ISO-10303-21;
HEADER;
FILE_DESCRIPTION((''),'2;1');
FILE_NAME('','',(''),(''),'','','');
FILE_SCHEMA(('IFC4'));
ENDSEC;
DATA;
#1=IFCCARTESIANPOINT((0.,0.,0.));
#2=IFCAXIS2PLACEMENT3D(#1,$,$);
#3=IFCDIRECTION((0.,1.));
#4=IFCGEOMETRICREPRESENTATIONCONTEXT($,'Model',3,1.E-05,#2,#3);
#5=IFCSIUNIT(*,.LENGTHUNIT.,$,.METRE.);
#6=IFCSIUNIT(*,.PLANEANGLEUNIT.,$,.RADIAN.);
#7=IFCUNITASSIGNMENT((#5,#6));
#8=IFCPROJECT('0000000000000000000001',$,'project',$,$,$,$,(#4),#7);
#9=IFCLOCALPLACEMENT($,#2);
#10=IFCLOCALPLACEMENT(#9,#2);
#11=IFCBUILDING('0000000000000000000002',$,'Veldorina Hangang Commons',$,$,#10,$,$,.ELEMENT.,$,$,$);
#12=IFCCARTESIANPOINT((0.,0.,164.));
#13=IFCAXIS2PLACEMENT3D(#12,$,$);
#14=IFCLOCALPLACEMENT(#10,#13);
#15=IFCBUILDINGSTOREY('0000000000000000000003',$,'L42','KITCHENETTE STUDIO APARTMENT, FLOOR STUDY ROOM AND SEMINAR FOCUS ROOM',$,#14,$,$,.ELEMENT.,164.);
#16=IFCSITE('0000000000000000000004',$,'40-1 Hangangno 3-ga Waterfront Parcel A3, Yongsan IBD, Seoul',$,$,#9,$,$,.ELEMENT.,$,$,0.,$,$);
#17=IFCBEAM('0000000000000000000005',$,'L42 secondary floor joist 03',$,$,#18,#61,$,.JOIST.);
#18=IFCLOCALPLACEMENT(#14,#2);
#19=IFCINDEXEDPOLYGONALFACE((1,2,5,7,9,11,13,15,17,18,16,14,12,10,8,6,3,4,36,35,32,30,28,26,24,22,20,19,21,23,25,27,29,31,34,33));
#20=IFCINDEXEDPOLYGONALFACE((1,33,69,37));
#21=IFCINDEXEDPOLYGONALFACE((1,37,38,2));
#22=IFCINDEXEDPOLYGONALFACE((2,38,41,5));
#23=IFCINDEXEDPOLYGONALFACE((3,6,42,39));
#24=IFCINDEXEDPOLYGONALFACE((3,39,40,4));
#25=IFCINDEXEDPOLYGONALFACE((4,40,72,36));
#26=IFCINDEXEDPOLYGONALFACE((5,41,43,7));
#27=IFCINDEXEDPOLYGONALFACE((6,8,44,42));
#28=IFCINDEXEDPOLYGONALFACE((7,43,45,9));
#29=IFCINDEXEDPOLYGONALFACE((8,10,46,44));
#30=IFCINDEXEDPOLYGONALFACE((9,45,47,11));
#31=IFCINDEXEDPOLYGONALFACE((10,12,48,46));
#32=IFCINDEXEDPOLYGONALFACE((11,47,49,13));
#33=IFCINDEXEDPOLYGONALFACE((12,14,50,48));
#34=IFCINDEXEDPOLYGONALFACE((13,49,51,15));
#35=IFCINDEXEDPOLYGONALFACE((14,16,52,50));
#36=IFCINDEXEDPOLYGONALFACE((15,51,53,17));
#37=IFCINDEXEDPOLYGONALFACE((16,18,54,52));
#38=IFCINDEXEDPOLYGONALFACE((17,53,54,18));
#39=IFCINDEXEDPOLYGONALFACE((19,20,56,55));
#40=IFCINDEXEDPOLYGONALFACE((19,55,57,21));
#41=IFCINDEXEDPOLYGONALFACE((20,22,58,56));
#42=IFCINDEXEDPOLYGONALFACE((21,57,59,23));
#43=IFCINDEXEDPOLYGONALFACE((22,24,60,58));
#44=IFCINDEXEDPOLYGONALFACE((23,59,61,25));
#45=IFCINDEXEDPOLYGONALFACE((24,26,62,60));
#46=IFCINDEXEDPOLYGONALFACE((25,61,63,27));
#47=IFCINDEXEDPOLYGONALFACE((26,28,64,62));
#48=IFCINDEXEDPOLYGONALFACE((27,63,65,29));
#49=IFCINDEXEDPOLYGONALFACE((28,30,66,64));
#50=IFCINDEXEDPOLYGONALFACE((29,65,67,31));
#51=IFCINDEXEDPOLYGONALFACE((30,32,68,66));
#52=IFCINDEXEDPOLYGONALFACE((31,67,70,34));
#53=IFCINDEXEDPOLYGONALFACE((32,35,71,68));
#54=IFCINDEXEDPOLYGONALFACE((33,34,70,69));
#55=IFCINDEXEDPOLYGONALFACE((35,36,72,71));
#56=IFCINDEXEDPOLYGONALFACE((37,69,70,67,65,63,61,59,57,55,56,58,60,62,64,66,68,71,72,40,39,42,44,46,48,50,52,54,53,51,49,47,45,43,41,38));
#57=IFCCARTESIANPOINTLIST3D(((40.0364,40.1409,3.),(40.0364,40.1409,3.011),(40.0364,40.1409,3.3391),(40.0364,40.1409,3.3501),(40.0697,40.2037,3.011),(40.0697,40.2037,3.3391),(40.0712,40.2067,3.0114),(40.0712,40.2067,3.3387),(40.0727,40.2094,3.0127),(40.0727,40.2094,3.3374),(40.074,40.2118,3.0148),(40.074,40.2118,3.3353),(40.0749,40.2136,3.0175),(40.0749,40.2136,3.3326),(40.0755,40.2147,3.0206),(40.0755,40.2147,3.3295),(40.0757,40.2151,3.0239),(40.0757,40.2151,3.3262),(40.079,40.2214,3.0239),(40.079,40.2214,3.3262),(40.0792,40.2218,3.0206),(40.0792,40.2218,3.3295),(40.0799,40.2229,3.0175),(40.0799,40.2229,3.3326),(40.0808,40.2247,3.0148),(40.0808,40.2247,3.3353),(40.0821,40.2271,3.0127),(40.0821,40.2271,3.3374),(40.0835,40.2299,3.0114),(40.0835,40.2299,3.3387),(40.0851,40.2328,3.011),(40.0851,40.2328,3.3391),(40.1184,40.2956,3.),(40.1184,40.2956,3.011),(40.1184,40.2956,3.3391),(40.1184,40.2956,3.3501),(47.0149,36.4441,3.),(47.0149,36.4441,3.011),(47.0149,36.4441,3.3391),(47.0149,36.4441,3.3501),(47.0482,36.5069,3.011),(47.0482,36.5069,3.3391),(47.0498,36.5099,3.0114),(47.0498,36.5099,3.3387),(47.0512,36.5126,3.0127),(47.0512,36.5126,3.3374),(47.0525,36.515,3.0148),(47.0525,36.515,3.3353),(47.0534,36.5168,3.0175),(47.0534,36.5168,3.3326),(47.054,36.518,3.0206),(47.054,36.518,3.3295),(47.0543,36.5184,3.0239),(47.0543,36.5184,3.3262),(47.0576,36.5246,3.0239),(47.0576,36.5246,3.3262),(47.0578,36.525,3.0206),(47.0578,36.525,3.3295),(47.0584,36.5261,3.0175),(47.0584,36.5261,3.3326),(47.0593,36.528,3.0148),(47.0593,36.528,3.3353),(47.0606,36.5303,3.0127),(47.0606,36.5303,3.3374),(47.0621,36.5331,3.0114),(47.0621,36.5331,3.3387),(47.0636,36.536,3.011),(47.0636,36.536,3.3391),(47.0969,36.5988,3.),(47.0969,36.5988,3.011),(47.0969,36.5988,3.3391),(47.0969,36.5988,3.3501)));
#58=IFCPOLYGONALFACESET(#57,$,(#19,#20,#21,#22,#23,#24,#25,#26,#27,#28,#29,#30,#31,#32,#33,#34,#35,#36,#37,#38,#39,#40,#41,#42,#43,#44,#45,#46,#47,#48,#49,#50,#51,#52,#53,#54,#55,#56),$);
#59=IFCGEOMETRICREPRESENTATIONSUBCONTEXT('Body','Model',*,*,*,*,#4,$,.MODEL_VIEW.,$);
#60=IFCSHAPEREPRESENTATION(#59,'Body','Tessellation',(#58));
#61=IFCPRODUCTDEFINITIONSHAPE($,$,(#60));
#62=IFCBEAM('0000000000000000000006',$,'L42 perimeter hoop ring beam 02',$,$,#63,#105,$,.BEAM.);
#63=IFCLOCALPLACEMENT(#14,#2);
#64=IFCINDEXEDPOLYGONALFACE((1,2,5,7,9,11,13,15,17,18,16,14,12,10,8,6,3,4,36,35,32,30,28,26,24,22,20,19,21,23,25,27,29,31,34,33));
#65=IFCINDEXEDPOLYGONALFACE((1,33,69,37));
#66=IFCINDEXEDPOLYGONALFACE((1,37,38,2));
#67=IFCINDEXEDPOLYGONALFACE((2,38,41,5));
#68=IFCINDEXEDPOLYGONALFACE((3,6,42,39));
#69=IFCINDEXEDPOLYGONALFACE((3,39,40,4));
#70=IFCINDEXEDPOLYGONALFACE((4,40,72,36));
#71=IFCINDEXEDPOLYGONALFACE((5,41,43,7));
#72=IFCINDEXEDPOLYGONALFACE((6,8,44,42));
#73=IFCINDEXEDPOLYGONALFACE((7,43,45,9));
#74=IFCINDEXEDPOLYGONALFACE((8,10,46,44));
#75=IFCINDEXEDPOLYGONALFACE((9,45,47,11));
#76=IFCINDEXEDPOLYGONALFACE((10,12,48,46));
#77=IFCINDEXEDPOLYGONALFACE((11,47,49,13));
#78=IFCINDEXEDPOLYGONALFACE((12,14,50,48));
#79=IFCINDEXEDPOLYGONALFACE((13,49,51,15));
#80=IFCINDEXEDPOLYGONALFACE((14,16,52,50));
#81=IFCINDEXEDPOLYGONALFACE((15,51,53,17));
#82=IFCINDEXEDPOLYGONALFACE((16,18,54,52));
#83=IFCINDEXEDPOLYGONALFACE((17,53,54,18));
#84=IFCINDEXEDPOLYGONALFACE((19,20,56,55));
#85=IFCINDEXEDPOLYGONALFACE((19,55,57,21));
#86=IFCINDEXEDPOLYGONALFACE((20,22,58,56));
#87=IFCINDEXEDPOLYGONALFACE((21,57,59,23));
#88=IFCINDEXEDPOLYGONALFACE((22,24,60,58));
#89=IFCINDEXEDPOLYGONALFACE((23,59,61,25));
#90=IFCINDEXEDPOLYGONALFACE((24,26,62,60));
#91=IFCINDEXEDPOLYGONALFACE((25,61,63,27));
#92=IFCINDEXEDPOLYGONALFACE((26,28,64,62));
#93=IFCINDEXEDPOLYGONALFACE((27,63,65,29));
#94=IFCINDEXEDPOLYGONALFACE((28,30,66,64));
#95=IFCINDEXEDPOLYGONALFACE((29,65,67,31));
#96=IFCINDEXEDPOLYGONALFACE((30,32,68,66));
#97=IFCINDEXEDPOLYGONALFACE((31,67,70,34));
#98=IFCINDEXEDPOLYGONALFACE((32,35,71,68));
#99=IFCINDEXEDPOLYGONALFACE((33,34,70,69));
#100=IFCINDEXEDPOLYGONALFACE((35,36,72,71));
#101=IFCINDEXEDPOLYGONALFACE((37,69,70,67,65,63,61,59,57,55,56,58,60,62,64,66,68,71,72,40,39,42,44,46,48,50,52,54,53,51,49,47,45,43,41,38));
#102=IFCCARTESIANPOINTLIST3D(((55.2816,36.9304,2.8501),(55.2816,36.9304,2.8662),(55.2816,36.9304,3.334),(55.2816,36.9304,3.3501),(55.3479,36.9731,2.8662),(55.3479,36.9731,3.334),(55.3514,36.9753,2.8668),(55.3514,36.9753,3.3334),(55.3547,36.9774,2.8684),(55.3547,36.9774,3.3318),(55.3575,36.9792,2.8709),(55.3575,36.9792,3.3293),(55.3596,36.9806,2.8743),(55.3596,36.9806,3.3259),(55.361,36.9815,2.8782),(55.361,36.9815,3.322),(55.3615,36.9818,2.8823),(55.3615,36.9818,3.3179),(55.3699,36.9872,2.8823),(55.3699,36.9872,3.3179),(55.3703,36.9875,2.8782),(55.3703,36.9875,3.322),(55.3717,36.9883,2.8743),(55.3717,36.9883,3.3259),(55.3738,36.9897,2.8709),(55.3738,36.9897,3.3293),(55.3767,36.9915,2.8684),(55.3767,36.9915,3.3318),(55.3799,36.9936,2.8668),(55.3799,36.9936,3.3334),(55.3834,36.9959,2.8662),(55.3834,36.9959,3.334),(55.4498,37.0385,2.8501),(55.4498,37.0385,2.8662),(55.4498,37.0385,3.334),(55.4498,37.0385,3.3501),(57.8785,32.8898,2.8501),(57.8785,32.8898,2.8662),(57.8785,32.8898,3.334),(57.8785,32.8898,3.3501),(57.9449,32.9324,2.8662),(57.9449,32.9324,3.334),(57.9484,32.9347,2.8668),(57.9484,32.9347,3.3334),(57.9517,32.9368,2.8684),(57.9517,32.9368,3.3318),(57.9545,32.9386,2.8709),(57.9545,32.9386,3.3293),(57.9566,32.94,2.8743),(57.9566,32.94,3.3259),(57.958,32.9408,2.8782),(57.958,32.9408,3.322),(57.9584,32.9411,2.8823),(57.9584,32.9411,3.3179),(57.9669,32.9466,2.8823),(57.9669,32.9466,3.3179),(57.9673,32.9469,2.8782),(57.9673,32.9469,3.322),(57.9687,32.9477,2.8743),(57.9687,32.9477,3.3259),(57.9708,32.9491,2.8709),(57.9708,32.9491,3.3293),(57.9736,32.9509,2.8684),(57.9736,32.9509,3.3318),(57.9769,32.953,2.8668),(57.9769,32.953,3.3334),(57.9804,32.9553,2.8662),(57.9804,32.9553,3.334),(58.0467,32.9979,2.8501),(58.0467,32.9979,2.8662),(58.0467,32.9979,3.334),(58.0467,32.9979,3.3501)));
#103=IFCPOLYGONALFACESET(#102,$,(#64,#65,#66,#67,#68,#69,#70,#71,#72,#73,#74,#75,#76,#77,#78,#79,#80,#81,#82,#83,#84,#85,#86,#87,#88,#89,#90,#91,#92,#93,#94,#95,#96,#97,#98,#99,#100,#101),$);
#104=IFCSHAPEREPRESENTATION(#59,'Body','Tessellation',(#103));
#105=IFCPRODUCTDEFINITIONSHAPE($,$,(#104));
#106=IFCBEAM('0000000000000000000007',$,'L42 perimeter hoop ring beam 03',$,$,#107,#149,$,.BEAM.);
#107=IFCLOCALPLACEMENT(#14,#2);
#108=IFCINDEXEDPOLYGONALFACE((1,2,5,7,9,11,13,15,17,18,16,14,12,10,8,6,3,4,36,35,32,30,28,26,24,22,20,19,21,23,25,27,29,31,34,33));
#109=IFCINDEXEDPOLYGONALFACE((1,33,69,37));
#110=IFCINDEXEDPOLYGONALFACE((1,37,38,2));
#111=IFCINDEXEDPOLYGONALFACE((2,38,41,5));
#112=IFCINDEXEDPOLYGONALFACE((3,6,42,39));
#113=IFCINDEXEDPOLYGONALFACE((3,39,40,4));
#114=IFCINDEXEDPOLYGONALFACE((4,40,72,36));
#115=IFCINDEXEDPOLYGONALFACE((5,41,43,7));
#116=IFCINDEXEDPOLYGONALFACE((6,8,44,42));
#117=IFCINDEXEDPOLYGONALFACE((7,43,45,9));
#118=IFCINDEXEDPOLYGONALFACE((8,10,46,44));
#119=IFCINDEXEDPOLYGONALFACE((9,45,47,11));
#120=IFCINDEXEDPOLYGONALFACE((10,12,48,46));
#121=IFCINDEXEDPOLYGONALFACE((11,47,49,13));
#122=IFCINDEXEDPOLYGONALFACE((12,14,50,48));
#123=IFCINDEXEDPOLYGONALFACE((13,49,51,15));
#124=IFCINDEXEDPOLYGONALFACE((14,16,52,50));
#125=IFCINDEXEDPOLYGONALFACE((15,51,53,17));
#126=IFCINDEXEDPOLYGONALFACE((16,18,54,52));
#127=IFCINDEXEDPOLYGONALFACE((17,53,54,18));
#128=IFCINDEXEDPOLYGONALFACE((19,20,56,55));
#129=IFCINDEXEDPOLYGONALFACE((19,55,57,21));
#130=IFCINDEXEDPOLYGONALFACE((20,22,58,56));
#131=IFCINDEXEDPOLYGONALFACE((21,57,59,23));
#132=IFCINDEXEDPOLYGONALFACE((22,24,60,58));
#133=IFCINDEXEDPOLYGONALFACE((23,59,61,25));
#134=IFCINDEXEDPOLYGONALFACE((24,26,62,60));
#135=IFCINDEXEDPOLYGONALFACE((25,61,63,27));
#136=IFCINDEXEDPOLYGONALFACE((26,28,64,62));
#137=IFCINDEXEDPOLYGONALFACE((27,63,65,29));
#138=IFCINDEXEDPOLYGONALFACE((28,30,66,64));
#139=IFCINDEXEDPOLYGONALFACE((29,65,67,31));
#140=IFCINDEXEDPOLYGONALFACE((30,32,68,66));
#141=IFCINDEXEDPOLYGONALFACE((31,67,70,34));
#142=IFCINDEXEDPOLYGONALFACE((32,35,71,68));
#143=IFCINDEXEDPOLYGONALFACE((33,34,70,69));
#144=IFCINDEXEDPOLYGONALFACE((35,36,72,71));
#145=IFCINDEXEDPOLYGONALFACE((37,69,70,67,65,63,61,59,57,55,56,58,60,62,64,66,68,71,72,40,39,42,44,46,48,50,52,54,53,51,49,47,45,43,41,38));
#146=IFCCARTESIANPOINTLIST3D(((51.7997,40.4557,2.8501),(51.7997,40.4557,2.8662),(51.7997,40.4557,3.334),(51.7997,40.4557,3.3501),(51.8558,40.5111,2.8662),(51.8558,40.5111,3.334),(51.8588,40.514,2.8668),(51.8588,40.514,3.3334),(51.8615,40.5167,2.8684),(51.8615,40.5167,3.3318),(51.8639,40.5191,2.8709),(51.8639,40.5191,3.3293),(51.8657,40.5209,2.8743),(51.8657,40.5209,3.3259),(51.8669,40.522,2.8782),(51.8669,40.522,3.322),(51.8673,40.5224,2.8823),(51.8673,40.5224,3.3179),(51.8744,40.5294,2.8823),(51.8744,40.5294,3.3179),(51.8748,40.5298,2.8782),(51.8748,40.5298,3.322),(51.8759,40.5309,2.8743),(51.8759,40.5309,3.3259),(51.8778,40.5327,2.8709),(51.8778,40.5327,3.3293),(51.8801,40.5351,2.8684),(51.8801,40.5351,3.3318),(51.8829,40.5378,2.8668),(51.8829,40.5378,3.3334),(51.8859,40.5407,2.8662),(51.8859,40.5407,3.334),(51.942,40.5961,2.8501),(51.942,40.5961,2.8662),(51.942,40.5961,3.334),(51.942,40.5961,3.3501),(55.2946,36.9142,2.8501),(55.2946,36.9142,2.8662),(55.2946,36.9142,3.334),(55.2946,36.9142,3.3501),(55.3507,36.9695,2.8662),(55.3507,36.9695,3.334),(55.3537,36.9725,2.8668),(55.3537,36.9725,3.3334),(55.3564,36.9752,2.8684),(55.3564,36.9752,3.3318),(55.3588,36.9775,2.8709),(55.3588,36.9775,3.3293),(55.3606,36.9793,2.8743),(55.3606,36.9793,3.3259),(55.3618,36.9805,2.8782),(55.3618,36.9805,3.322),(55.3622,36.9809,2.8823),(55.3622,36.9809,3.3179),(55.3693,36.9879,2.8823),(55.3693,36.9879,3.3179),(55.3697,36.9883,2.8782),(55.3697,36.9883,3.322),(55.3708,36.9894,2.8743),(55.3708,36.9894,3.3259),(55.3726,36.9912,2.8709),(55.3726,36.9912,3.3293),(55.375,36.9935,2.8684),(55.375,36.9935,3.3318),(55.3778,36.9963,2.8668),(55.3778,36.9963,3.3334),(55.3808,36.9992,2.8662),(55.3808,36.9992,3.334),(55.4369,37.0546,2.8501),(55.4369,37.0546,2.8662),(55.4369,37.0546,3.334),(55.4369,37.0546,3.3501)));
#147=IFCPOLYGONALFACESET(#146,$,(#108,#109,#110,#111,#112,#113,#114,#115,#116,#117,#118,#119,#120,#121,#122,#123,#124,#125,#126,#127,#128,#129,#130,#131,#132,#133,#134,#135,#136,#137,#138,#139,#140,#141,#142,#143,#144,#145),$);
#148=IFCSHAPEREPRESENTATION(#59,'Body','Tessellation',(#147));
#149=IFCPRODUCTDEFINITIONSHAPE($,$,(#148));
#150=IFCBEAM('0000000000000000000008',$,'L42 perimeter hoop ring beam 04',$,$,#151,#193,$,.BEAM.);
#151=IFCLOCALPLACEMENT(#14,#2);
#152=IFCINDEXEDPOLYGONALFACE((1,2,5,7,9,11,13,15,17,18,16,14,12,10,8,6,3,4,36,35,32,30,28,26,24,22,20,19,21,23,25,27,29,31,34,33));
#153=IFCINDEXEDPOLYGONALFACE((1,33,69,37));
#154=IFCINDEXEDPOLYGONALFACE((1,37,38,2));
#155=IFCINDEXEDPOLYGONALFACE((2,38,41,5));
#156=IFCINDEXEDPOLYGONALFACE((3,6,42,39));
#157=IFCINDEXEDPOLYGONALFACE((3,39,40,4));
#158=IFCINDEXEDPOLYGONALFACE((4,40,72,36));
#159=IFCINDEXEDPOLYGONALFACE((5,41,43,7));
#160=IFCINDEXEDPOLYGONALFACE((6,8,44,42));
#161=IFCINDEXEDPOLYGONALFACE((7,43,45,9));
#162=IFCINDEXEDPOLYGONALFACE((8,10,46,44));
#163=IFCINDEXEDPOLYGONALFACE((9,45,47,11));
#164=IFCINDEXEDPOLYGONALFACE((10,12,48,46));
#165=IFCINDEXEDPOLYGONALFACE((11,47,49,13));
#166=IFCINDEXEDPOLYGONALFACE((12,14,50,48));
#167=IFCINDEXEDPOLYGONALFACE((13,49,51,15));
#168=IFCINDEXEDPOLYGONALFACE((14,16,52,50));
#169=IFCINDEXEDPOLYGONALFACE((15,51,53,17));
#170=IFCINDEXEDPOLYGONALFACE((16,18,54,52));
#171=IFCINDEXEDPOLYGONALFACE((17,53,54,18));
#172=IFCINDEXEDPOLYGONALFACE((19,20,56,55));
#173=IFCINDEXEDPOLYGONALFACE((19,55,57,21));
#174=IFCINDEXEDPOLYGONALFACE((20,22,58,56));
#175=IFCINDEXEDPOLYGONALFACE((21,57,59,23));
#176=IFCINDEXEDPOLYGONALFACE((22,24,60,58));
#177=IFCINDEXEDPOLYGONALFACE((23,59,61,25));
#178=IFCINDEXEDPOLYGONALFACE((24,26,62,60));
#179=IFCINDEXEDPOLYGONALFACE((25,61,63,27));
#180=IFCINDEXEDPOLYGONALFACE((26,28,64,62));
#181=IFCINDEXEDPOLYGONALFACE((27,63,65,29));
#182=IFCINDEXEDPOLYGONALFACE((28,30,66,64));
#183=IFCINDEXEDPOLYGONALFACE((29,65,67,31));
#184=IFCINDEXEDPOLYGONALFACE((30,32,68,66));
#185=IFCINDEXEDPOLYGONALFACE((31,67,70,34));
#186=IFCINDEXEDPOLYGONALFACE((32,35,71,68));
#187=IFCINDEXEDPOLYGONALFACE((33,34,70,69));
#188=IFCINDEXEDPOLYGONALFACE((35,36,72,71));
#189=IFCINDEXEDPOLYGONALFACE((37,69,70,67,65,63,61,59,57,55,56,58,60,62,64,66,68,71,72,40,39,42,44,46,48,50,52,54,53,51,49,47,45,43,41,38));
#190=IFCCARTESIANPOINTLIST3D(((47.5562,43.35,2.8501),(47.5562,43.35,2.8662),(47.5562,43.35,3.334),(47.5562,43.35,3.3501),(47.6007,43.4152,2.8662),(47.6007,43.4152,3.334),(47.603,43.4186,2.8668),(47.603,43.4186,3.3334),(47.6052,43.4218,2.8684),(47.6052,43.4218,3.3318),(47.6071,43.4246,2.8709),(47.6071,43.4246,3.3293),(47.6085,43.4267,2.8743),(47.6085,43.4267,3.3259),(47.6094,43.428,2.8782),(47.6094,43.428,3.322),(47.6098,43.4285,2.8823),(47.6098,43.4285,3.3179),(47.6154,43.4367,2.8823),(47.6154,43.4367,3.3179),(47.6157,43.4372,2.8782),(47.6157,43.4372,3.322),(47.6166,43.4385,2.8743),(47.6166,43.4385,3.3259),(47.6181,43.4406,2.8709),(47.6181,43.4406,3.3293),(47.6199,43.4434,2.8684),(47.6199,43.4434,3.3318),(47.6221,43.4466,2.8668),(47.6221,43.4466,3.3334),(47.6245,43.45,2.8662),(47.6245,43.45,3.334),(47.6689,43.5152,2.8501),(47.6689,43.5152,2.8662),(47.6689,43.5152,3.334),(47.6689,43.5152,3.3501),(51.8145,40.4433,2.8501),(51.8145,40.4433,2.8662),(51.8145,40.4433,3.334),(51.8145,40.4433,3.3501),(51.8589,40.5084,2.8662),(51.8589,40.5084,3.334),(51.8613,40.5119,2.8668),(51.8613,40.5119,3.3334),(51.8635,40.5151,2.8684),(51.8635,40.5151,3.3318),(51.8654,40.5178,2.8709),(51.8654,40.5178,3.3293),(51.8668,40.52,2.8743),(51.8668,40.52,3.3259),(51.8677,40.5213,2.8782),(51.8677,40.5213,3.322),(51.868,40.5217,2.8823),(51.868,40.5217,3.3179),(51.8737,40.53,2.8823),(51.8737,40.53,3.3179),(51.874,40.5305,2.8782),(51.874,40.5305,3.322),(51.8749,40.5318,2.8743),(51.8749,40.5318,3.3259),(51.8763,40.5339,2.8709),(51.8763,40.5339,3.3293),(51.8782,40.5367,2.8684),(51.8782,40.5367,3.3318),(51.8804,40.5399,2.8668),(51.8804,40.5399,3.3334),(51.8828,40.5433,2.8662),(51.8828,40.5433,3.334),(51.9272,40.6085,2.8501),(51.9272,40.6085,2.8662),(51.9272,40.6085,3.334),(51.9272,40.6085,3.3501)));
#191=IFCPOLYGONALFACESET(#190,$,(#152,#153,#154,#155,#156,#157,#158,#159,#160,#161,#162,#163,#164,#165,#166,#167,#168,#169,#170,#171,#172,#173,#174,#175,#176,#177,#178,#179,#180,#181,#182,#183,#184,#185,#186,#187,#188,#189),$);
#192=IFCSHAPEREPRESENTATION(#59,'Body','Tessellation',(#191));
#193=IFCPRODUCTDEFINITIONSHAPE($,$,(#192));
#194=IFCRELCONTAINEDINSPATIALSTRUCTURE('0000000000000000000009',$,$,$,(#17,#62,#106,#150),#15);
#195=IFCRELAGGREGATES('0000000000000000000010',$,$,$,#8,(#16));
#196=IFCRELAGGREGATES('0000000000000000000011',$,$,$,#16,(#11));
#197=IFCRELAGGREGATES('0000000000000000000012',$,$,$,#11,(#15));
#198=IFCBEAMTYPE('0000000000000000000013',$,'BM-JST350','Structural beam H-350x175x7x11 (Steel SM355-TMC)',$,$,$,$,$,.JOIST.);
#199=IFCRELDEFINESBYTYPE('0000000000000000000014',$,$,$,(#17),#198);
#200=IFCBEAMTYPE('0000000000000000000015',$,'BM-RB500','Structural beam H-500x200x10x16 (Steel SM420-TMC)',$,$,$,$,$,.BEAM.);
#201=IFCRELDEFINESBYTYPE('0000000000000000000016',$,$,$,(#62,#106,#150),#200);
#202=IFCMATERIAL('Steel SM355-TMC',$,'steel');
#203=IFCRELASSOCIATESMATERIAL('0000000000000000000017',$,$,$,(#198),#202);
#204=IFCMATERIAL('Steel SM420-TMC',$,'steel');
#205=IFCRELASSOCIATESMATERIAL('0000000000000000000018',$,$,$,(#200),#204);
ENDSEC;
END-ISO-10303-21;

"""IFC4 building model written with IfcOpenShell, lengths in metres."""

from ifc_helpers import new_model, si_unit, direction, frame, origin, origin_2d, place, context, subcontext, project, spatial, i_section, extrude, material, material_profile, profile_set, type_object, element, save


model = new_model("IFC4")

# Units and contexts
model_context = context("Model", 3, precision=1e-05, world=origin(), true_north=direction((0.0, 1.0)))
body_context = subcontext(model_context, "Body", "Model", "MODEL_VIEW")
ifc_project = project(units=[si_unit("LENGTHUNIT", "METRE"), si_unit("PLANEANGLEUNIT", "RADIAN")], contexts=[model_context])

# Site, building, storey
site_placement = place(None, origin())
site = spatial("IfcSite", under=ifc_project, at=site_placement, Name="40-1 Hangangno 3-ga Waterfront Parcel A3, Yongsan IBD, Seoul", CompositionType="ELEMENT", RefElevation=0.0)
building_placement = place(site_placement, origin())
building = spatial("IfcBuilding", under=site, at=building_placement, Name="Veldorina Hangang Commons", CompositionType="ELEMENT")
storey_placement = place(building_placement, frame((0.0, 0.0, 164.0)))
storey = spatial("IfcBuildingStorey", under=building, at=storey_placement, Name="L42", Description="KITCHENETTE STUDIO APARTMENT, FLOOR STUDY ROOM AND SEMINAR FOCUS ROOM", CompositionType="ELEMENT", Elevation=164.0)

# Beams
ifc_material_1 = material(Name="Steel SM355-TMC", Category="steel")
ifc_material_profile_1 = material_profile(ifc_material_1, i_section(OverallWidth=0.175, OverallDepth=0.3501, WebThickness=0.0071, FlangeThickness=0.011, FilletRadius=0.0129, at=origin_2d()), Name="H-350x175x7x11")
ifc_profile_set_1 = profile_set([ifc_material_profile_1], Name="Steel SM355-TMC")
beam_type_1 = type_object("IfcBeamType", Name="BM-JST350", Description="Structural beam H-350x175x7x11 (Steel SM355-TMC)", PredefinedType="JOIST", material=ifc_profile_set_1)
beam_1_placement = place(storey_placement, frame((47.0559, 36.5215, 3.175), z_axis=(-0.883669, 0.468112, 0.0), x_axis=(-0.468112, -0.883669, 0.0)))
element("IfcBeam", 1, at=beam_1_placement, inside=storey, type_object=beam_type_1, Name="L42 secondary floor joist 03", PredefinedType="JOIST", context=body_context, shape_type="SweptSolid", body=[
    extrude(i_section(OverallWidth=0.175, OverallDepth=0.3501, WebThickness=0.0071, FlangeThickness=0.011, FilletRadius=0.0129, at=origin_2d()), origin(), (0.0, 0.0, 1.0), 7.8972),
])
ifc_material_2 = material(Name="Steel SM420-TMC", Category="steel")
ifc_material_profile_2 = material_profile(ifc_material_2, i_section(OverallWidth=0.2, OverallDepth=0.5, WebThickness=0.01, FlangeThickness=0.0161, FilletRadius=0.0161, at=origin_2d()), Name="H-500x200x10x16")
ifc_profile_set_2 = profile_set([ifc_material_profile_2], Name="Steel SM420-TMC")
beam_type_2 = type_object("IfcBeamType", Name="BM-RB500", Description="Structural beam H-500x200x10x16 (Steel SM420-TMC)", PredefinedType="BEAM", material=ifc_profile_set_2)
beam_2_placement = place(storey_placement, frame((57.9626, 32.9438, 3.1001), z_axis=(-0.540675, 0.841231, 0.0), x_axis=(-0.841231, -0.540675, 0.0)))
element("IfcBeam", 2, at=beam_2_placement, inside=storey, type_object=beam_type_2, Name="L42 perimeter hoop ring beam 02", PredefinedType="BEAM", context=body_context, shape_type="SweptSolid", body=[
    extrude(i_section(OverallWidth=0.2, OverallDepth=0.5, WebThickness=0.01, FlangeThickness=0.0161, FilletRadius=0.0161, at=origin_2d()), origin(), (0.0, 0.0, 1.0), 4.8032),
])
beam_3_placement = place(storey_placement, frame((55.3657, 36.9844, 3.1001), z_axis=(-0.702405, 0.711777, 0.0), x_axis=(-0.711777, -0.702405, 0.0)))
element("IfcBeam", 3, at=beam_3_placement, inside=storey, type_object=beam_type_2, Name="L42 perimeter hoop ring beam 03", PredefinedType="BEAM", context=body_context, shape_type="SweptSolid", body=[
    extrude(i_section(OverallWidth=0.2, OverallDepth=0.5, WebThickness=0.01, FlangeThickness=0.0161, FilletRadius=0.0161, at=origin_2d()), origin(), (0.0, 0.0, 1.0), 4.9756),
])
beam_4_placement = place(storey_placement, frame((51.8708, 40.5259, 3.1001), z_axis=(-0.825925, 0.56378, 0.0), x_axis=(-0.56378, -0.825925, 0.0)))
element("IfcBeam", 4, at=beam_4_placement, inside=storey, type_object=beam_type_2, Name="L42 perimeter hoop ring beam 04", PredefinedType="BEAM", context=body_context, shape_type="SweptSolid", body=[
    extrude(i_section(OverallWidth=0.2, OverallDepth=0.5, WebThickness=0.01, FlangeThickness=0.0161, FilletRadius=0.0161, at=origin_2d()), origin(), (0.0, 0.0, 1.0), 5.1558),
])

save(model, "model.ifc")
